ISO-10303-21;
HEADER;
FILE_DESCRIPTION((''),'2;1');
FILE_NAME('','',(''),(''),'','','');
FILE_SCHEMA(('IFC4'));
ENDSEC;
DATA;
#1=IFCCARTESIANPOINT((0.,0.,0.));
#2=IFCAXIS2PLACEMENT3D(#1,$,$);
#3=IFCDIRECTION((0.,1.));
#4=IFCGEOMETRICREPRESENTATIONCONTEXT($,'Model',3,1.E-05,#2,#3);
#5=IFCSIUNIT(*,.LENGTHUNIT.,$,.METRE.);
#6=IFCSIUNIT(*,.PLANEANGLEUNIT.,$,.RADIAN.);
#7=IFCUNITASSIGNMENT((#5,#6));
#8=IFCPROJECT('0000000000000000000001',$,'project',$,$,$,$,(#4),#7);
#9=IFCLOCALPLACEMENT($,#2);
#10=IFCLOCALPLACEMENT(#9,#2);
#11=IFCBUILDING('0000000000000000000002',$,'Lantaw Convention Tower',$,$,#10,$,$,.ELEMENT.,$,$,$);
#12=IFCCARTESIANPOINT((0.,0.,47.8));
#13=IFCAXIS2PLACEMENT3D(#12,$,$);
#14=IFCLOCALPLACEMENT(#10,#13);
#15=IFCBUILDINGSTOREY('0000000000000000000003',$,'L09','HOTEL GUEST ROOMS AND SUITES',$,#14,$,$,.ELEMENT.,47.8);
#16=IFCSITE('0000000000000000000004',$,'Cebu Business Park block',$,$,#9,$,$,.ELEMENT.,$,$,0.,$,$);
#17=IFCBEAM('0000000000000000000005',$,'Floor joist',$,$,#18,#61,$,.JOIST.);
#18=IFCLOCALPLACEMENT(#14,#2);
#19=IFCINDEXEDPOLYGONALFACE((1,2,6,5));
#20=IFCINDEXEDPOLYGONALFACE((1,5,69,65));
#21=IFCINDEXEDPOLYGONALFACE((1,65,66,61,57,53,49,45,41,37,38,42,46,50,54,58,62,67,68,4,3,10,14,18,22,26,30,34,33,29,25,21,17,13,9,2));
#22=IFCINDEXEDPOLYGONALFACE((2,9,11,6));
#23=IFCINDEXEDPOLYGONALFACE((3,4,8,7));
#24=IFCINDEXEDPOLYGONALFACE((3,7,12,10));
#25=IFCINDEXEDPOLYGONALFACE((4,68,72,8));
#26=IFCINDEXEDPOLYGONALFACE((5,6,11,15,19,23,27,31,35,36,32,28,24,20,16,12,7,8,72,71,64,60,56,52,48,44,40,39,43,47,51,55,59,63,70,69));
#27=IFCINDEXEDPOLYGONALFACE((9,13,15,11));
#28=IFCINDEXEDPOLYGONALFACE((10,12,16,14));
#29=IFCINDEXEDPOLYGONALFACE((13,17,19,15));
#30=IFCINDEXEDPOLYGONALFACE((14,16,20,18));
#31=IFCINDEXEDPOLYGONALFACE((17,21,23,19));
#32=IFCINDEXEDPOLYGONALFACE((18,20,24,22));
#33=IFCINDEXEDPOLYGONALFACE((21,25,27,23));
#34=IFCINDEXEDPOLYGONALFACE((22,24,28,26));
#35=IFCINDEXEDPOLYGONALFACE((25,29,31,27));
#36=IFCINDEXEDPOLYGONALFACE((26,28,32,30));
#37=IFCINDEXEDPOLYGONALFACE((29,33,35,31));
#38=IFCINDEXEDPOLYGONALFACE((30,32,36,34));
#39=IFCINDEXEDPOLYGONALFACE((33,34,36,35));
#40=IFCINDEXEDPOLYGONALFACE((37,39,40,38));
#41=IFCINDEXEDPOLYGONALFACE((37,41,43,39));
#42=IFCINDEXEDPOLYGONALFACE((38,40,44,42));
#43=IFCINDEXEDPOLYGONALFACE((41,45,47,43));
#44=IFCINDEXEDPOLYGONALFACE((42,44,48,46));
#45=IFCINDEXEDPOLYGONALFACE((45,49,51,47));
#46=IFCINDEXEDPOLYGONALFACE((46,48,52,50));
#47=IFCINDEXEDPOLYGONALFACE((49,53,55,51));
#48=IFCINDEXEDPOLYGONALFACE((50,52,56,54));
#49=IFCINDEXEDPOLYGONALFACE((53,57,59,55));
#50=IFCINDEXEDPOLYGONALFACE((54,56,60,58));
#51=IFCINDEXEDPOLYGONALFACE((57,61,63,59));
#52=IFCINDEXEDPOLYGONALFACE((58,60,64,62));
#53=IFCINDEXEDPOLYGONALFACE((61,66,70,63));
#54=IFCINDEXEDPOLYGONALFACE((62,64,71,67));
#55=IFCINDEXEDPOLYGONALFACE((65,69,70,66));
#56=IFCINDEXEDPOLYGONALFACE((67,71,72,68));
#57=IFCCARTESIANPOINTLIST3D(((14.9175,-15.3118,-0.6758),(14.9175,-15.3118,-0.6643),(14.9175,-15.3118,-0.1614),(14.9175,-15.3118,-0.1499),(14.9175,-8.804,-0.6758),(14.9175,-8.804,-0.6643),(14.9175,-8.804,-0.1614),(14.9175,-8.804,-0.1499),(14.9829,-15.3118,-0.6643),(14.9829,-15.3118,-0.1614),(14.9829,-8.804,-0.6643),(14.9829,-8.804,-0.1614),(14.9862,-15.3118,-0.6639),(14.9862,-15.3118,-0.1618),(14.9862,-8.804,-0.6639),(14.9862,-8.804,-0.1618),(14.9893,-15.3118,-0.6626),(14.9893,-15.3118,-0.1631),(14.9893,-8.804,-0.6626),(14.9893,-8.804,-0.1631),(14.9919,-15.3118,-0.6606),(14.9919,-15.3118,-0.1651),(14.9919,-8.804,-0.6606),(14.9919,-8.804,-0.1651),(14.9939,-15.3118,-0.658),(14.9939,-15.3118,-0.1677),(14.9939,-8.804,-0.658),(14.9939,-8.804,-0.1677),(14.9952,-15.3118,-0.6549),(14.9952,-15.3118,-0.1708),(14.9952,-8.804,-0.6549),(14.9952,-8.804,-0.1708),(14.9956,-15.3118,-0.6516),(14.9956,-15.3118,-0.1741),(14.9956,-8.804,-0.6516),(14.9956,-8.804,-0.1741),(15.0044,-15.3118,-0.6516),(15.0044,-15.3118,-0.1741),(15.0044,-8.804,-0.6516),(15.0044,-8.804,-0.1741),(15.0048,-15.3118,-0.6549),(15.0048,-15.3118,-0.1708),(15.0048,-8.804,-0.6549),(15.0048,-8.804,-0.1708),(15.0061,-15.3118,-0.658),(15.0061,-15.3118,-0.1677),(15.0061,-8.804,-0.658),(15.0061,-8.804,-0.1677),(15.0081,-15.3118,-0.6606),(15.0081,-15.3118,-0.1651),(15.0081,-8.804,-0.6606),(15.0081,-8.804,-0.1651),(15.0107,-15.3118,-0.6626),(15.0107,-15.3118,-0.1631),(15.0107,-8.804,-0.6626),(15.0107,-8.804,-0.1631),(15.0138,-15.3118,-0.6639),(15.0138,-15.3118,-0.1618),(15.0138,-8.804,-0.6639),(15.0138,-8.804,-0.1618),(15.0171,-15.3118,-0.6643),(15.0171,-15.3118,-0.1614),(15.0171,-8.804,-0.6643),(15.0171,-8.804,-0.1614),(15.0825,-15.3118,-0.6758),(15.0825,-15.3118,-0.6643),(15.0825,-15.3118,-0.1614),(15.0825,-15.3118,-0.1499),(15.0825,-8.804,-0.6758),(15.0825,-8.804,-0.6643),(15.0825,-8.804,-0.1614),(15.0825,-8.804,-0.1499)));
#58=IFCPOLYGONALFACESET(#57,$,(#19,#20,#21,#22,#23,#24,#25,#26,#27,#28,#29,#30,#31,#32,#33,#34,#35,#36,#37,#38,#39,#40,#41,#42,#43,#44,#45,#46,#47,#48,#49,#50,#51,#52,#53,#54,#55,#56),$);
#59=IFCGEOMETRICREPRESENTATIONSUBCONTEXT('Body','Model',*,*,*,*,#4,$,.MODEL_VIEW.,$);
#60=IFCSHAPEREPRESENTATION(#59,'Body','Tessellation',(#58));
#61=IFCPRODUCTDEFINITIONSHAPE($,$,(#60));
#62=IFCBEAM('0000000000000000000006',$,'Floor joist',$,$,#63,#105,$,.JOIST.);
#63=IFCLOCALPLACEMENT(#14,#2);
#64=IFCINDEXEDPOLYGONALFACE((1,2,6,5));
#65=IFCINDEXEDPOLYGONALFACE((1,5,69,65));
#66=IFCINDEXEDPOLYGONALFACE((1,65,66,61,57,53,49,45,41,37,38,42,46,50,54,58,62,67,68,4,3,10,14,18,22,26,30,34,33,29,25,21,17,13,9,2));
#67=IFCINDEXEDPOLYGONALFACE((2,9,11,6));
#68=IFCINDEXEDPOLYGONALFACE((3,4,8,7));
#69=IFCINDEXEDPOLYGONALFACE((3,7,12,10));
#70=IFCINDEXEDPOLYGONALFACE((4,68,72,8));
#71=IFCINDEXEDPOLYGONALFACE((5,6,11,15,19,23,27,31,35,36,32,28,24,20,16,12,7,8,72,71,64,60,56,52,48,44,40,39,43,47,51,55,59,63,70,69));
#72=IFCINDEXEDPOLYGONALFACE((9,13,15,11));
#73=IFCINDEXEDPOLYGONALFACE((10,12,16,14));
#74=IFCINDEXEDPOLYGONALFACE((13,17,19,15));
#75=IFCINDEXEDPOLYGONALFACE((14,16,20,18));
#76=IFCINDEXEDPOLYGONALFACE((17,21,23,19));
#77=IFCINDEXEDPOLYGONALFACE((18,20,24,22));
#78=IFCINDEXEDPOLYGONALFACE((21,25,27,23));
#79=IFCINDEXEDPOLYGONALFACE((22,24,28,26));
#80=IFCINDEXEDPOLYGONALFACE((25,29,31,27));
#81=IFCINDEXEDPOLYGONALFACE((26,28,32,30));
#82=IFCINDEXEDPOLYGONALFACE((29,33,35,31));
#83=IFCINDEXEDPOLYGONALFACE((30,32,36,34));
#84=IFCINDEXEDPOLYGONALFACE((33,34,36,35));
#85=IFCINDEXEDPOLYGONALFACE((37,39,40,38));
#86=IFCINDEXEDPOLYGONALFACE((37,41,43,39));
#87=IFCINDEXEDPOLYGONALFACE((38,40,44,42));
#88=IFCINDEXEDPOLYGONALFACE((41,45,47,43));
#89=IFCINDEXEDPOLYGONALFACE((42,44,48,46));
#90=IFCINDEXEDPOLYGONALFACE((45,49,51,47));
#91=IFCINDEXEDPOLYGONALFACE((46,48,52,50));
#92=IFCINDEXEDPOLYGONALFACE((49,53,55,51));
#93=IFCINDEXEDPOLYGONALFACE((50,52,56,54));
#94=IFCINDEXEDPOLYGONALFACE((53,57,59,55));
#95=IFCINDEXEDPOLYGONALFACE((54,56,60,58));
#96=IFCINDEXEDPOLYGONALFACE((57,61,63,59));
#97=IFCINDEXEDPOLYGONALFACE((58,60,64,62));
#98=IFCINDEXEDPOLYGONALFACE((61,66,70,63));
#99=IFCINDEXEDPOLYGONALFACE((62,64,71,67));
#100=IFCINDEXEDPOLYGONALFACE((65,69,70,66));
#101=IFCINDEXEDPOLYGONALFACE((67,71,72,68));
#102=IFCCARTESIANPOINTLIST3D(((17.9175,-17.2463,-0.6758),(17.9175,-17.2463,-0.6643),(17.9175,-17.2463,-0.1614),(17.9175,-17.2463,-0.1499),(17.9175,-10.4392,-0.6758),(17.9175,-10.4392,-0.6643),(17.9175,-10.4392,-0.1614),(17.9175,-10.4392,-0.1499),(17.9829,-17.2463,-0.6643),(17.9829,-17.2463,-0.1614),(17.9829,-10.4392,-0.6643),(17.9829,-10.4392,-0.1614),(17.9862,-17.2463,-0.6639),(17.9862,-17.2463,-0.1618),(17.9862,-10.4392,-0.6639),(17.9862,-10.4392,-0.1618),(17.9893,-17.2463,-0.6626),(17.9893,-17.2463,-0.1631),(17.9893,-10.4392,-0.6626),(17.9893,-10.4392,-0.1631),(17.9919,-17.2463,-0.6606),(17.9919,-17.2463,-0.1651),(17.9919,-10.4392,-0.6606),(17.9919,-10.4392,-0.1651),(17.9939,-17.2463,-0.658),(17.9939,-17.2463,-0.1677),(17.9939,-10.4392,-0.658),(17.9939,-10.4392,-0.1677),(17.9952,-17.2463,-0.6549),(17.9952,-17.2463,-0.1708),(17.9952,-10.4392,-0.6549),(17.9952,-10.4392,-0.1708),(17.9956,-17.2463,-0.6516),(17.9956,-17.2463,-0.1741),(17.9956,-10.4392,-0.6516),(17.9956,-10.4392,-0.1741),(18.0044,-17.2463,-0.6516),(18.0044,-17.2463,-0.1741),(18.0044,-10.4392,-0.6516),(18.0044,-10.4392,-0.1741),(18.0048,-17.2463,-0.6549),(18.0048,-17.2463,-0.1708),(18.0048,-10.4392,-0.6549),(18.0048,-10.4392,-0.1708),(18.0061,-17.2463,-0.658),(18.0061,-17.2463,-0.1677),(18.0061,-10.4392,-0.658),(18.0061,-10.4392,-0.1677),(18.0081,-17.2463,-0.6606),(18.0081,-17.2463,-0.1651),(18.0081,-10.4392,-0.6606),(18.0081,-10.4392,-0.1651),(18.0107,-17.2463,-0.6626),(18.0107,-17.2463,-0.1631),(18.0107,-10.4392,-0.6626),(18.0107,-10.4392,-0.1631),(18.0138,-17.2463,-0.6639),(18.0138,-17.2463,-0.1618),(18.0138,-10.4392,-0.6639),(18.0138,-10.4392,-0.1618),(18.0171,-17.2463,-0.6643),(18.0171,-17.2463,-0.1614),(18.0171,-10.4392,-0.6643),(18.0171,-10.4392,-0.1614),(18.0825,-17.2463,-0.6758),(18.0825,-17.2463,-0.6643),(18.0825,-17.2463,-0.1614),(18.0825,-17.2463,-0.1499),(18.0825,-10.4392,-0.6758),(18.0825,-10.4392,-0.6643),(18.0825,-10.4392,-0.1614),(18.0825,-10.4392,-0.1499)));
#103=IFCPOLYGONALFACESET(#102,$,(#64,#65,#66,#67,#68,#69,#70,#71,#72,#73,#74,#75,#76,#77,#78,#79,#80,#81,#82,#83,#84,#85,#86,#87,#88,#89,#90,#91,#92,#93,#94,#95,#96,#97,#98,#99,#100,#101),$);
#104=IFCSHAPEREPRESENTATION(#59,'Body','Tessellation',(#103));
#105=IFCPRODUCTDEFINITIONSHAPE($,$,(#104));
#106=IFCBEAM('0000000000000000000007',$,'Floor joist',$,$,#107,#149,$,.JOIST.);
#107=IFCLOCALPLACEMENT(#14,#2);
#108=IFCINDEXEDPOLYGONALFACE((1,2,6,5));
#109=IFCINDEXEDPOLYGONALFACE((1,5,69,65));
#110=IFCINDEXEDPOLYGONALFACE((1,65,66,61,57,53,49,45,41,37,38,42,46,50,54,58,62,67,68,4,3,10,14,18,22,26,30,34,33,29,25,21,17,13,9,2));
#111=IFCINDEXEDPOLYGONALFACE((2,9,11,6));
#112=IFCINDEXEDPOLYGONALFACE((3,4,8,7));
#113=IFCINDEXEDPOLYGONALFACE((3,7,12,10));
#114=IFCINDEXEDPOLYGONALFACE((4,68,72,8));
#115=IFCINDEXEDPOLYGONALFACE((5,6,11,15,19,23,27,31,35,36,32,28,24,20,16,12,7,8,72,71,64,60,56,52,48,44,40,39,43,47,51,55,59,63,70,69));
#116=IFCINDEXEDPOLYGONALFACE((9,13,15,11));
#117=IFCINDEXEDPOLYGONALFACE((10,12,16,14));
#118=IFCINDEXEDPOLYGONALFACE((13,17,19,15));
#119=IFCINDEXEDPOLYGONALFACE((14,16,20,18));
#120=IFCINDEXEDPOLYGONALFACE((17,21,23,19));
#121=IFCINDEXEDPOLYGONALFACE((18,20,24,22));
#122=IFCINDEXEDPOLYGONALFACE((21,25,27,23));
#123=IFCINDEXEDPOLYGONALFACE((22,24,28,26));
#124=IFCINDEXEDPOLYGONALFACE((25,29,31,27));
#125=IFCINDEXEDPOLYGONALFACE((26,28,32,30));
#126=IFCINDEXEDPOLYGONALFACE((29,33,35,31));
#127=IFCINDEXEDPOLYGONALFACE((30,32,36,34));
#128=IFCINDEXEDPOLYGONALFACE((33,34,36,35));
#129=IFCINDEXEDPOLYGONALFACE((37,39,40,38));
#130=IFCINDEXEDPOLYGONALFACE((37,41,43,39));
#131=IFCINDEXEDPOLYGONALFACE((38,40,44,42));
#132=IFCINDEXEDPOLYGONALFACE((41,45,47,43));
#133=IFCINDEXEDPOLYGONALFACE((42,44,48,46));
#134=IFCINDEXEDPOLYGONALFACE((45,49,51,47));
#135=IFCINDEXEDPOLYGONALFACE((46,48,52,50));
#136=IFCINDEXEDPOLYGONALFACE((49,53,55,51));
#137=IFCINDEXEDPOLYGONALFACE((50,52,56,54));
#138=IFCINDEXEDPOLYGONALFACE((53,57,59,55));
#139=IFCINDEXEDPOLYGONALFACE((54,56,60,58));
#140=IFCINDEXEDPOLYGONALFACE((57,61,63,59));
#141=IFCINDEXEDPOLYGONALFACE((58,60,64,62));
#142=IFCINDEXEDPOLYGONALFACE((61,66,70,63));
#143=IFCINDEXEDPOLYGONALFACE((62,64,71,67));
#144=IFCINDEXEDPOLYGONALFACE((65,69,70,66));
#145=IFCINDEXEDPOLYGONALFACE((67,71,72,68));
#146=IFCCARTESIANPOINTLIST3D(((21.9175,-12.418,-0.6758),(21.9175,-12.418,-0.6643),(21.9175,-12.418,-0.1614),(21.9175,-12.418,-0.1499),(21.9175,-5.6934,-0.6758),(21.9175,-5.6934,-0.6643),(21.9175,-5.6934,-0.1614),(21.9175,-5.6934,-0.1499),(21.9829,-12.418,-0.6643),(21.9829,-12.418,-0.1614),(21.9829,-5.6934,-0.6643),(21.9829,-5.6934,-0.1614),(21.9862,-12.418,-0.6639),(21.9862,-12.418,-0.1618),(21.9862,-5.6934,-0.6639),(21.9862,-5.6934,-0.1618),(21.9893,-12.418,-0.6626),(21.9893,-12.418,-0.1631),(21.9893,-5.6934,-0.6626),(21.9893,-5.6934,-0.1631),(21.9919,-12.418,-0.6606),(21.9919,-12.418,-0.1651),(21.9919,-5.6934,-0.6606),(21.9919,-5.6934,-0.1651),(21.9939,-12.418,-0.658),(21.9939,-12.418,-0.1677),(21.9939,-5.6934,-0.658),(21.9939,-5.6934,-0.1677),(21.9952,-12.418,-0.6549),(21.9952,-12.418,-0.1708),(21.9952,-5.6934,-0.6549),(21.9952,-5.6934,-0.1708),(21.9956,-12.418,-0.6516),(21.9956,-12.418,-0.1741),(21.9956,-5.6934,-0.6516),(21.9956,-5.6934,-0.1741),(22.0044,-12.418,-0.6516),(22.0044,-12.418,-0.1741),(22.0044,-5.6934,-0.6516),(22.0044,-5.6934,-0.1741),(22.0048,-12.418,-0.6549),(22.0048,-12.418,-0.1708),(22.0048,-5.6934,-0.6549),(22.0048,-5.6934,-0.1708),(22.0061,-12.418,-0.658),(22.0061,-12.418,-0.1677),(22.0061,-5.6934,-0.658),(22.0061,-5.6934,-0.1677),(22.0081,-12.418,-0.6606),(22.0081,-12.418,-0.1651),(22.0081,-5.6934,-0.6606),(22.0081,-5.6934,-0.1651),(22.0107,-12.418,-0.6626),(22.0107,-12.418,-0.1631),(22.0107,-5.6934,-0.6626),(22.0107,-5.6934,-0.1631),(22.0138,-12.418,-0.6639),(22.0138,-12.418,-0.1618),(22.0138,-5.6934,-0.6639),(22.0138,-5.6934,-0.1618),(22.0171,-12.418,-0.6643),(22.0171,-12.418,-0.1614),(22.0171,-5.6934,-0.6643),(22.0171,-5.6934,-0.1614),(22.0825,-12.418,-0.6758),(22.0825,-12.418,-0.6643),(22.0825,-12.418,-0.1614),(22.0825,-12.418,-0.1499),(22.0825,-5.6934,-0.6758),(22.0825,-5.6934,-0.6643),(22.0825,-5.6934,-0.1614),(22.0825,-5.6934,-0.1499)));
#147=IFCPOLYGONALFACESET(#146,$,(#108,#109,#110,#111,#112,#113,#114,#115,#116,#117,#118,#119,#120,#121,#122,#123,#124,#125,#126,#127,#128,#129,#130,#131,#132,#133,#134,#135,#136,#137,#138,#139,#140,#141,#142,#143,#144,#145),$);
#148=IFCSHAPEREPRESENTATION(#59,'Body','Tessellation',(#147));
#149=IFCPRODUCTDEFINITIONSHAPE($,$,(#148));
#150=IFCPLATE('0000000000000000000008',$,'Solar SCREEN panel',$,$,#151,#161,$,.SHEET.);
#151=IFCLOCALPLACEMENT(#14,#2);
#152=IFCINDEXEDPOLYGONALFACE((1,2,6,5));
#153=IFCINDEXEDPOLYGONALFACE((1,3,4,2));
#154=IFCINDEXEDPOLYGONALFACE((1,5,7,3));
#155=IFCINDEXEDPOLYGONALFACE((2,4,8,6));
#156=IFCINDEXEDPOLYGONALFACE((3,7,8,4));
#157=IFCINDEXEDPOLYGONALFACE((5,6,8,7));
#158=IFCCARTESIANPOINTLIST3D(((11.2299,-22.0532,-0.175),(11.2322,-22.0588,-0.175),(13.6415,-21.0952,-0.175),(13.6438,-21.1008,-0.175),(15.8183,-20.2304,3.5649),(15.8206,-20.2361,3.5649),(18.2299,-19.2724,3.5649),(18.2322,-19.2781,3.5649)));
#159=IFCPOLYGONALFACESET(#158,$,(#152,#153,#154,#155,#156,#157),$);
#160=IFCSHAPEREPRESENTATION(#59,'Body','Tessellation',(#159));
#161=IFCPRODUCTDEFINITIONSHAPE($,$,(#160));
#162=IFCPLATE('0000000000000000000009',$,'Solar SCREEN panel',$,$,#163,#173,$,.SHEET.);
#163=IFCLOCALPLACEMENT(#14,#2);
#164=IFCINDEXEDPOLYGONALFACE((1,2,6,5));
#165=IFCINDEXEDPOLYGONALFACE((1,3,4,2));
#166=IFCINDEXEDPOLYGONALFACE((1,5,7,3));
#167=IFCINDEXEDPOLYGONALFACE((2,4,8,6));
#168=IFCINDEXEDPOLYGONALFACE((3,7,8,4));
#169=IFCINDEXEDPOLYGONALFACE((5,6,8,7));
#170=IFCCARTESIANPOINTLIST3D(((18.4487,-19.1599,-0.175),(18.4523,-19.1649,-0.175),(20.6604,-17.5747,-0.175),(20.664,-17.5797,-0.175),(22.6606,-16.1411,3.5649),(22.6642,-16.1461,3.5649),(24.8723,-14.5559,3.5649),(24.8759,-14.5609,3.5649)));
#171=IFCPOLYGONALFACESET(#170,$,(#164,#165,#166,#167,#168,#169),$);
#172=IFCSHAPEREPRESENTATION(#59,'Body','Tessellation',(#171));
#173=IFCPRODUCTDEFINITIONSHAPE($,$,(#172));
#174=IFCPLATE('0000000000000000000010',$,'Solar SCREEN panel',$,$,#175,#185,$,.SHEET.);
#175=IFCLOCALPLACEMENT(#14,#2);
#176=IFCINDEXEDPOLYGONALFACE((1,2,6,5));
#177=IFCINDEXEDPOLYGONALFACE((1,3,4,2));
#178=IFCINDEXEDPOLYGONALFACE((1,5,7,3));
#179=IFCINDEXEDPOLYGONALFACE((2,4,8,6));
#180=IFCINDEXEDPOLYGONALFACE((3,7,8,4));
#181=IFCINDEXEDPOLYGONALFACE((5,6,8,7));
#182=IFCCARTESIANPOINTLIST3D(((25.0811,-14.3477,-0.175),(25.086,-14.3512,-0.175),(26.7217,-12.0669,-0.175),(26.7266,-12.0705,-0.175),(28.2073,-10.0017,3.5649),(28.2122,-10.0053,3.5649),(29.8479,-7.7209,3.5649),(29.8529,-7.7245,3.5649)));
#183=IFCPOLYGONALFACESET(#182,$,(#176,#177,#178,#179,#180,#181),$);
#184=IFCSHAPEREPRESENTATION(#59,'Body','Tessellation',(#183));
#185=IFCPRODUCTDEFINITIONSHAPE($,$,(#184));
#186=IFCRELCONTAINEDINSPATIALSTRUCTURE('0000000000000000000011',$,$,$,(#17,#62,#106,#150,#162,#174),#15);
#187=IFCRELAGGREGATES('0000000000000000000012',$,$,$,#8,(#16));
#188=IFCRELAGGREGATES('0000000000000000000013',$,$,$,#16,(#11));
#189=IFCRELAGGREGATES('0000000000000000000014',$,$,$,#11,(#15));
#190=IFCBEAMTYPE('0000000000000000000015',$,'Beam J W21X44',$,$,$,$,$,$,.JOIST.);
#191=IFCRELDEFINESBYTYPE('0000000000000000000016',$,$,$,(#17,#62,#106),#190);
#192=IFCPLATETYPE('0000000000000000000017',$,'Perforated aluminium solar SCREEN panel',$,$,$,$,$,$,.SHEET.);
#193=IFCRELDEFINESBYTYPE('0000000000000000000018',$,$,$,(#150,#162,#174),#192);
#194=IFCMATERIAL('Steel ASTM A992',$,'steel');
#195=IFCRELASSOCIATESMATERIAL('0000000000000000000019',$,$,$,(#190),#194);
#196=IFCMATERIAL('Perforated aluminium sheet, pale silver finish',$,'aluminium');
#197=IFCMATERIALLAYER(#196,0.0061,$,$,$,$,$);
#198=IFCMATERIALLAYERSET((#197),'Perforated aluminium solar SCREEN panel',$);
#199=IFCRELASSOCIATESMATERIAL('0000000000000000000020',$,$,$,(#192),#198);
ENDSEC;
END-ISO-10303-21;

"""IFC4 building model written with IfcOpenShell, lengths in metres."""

from ifc_helpers import new_model, si_unit, direction, frame, origin, origin_2d, place, context, subcontext, project, spatial, polyline, i_section, outline, extrude, material, layer, layer_set, material_profile, profile_set, type_object, element, save


model = new_model("IFC4")

# Units and contexts
model_context = context("Model", 3, precision=1e-05, world=origin(), true_north=direction((0.0, 1.0)))
body_context = subcontext(model_context, "Body", "Model", "MODEL_VIEW")
ifc_project = project(units=[si_unit("LENGTHUNIT", "METRE"), si_unit("PLANEANGLEUNIT", "RADIAN")], contexts=[model_context])

# Site, building, storey
site_placement = place(None, origin())
site = spatial("IfcSite", under=ifc_project, at=site_placement, Name="Cebu Business Park block", CompositionType="ELEMENT", RefElevation=0.0)
building_placement = place(site_placement, origin())
building = spatial("IfcBuilding", under=site, at=building_placement, Name="Lantaw Convention Tower", CompositionType="ELEMENT")
storey_placement = place(building_placement, frame((0.0, 0.0, 47.8)))
storey = spatial("IfcBuildingStorey", under=building, at=storey_placement, Name="L09", Description="HOTEL GUEST ROOMS AND SUITES", CompositionType="ELEMENT", Elevation=47.8)

# Beams
ifc_material_1 = material(Name="Steel ASTM A992", Category="steel")
ifc_material_profile_1 = material_profile(ifc_material_1, i_section(OverallWidth=0.165, OverallDepth=0.5259, WebThickness=0.0088, FlangeThickness=0.0115, FilletRadius=0.0127, at=origin_2d()), Name="W21X44")
ifc_profile_set_1 = profile_set([ifc_material_profile_1], Name="Steel ASTM A992")
beam_type_1 = type_object("IfcBeamType", Name="Beam J W21X44", PredefinedType="JOIST", material=ifc_profile_set_1)
beam_1_placement = place(storey_placement, frame((15.0, -15.3118, -0.4128), z_axis=(0.0, 1.0, 0.0), x_axis=(-1.0, 0.0, 0.0)))
element("IfcBeam", 1, at=beam_1_placement, inside=storey, type_object=beam_type_1, Name="Floor joist", PredefinedType="JOIST", context=body_context, shape_type="SweptSolid", body=[
    extrude(i_section(OverallWidth=0.165, OverallDepth=0.5259, WebThickness=0.0088, FlangeThickness=0.0115, FilletRadius=0.0127, at=origin_2d()), origin(), (0.0, 0.0, 1.0), 6.5078),
])
beam_2_placement = place(storey_placement, frame((18.0, -17.2463, -0.4128), z_axis=(0.0, 1.0, 0.0), x_axis=(-1.0, 0.0, 0.0)))
element("IfcBeam", 2, at=beam_2_placement, inside=storey, type_object=beam_type_1, Name="Floor joist", PredefinedType="JOIST", context=body_context, shape_type="SweptSolid", body=[
    extrude(i_section(OverallWidth=0.165, OverallDepth=0.5259, WebThickness=0.0088, FlangeThickness=0.0115, FilletRadius=0.0127, at=origin_2d()), origin(), (0.0, 0.0, 1.0), 6.8071),
])
beam_3_placement = place(storey_placement, frame((22.0, -12.418, -0.4128), z_axis=(0.0, 1.0, 0.0), x_axis=(-1.0, 0.0, 0.0)))
element("IfcBeam", 3, at=beam_3_placement, inside=storey, type_object=beam_type_1, Name="Floor joist", PredefinedType="JOIST", context=body_context, shape_type="SweptSolid", body=[
    extrude(i_section(OverallWidth=0.165, OverallDepth=0.5259, WebThickness=0.0088, FlangeThickness=0.0115, FilletRadius=0.0127, at=origin_2d()), origin(), (0.0, 0.0, 1.0), 6.7246),
])

# Plates
ifc_material_2 = material(Name="Perforated aluminium sheet, pale silver finish", Category="aluminium")
ifc_layer_1 = layer(ifc_material_2, 0.0061)
ifc_layer_set_1 = layer_set([ifc_layer_1], Name="Perforated aluminium solar SCREEN panel")
plate_type = type_object("IfcPlateType", Name="Perforated aluminium solar SCREEN panel", PredefinedType="SHEET", material=ifc_layer_set_1)
plate_1_placement = place(storey_placement, frame((11.2322, -22.0588, -0.175), z_axis=(0.369184, -0.929357, 0.000009), x_axis=(0.929357, 0.369184, 0.0)))
element("IfcPlate", 4, at=plate_1_placement, inside=storey, type_object=plate_type, Name="Solar SCREEN panel", PredefinedType="SHEET", context=body_context, shape_type="SweptSolid", body=[
    extrude(outline(polyline([(0.0, 0.0), (2.5949, 0.0), (7.5321, 3.74), (4.9372, 3.74), (0.0, 0.0)])), origin(), (0.0, 0.0, -1.0), 0.0061),
])
plate_2_placement = place(storey_placement, frame((18.4487, -19.1599, -0.175), z_axis=(-0.582561, 0.812787, 0.000016), x_axis=(0.812787, 0.582561, 0.0)))
element("IfcPlate", 5, at=plate_2_placement, inside=storey, type_object=plate_type, Name="Solar SCREEN panel", PredefinedType="SHEET", context=body_context, shape_type="SweptSolid", body=[
    extrude(outline(polyline([(0.0, 0.0), (2.7211, 0.0), (7.9031, -3.74), (5.182, -3.74), (0.0, 0.0)])), origin(), (0.0, 0.0, -1.0), 0.0061),
])
plate_3_placement = place(storey_placement, frame((25.0811, -14.3477, -0.175), z_axis=(-0.811791, 0.583948, 0.000009), x_axis=(0.583948, 0.811791, 0.0)))
element("IfcPlate", 6, at=plate_3_placement, inside=storey, type_object=plate_type, Name="Solar SCREEN panel", PredefinedType="SHEET", context=body_context, shape_type="SweptSolid", body=[
    extrude(outline(polyline([(0.0, 0.0), (2.8095, 0.0), (8.1631, -3.74), (5.3536, -3.74), (0.0, 0.0)])), origin(), (0.0, 0.0, -1.0), 0.0061),
])

save(model, "model.ifc")
